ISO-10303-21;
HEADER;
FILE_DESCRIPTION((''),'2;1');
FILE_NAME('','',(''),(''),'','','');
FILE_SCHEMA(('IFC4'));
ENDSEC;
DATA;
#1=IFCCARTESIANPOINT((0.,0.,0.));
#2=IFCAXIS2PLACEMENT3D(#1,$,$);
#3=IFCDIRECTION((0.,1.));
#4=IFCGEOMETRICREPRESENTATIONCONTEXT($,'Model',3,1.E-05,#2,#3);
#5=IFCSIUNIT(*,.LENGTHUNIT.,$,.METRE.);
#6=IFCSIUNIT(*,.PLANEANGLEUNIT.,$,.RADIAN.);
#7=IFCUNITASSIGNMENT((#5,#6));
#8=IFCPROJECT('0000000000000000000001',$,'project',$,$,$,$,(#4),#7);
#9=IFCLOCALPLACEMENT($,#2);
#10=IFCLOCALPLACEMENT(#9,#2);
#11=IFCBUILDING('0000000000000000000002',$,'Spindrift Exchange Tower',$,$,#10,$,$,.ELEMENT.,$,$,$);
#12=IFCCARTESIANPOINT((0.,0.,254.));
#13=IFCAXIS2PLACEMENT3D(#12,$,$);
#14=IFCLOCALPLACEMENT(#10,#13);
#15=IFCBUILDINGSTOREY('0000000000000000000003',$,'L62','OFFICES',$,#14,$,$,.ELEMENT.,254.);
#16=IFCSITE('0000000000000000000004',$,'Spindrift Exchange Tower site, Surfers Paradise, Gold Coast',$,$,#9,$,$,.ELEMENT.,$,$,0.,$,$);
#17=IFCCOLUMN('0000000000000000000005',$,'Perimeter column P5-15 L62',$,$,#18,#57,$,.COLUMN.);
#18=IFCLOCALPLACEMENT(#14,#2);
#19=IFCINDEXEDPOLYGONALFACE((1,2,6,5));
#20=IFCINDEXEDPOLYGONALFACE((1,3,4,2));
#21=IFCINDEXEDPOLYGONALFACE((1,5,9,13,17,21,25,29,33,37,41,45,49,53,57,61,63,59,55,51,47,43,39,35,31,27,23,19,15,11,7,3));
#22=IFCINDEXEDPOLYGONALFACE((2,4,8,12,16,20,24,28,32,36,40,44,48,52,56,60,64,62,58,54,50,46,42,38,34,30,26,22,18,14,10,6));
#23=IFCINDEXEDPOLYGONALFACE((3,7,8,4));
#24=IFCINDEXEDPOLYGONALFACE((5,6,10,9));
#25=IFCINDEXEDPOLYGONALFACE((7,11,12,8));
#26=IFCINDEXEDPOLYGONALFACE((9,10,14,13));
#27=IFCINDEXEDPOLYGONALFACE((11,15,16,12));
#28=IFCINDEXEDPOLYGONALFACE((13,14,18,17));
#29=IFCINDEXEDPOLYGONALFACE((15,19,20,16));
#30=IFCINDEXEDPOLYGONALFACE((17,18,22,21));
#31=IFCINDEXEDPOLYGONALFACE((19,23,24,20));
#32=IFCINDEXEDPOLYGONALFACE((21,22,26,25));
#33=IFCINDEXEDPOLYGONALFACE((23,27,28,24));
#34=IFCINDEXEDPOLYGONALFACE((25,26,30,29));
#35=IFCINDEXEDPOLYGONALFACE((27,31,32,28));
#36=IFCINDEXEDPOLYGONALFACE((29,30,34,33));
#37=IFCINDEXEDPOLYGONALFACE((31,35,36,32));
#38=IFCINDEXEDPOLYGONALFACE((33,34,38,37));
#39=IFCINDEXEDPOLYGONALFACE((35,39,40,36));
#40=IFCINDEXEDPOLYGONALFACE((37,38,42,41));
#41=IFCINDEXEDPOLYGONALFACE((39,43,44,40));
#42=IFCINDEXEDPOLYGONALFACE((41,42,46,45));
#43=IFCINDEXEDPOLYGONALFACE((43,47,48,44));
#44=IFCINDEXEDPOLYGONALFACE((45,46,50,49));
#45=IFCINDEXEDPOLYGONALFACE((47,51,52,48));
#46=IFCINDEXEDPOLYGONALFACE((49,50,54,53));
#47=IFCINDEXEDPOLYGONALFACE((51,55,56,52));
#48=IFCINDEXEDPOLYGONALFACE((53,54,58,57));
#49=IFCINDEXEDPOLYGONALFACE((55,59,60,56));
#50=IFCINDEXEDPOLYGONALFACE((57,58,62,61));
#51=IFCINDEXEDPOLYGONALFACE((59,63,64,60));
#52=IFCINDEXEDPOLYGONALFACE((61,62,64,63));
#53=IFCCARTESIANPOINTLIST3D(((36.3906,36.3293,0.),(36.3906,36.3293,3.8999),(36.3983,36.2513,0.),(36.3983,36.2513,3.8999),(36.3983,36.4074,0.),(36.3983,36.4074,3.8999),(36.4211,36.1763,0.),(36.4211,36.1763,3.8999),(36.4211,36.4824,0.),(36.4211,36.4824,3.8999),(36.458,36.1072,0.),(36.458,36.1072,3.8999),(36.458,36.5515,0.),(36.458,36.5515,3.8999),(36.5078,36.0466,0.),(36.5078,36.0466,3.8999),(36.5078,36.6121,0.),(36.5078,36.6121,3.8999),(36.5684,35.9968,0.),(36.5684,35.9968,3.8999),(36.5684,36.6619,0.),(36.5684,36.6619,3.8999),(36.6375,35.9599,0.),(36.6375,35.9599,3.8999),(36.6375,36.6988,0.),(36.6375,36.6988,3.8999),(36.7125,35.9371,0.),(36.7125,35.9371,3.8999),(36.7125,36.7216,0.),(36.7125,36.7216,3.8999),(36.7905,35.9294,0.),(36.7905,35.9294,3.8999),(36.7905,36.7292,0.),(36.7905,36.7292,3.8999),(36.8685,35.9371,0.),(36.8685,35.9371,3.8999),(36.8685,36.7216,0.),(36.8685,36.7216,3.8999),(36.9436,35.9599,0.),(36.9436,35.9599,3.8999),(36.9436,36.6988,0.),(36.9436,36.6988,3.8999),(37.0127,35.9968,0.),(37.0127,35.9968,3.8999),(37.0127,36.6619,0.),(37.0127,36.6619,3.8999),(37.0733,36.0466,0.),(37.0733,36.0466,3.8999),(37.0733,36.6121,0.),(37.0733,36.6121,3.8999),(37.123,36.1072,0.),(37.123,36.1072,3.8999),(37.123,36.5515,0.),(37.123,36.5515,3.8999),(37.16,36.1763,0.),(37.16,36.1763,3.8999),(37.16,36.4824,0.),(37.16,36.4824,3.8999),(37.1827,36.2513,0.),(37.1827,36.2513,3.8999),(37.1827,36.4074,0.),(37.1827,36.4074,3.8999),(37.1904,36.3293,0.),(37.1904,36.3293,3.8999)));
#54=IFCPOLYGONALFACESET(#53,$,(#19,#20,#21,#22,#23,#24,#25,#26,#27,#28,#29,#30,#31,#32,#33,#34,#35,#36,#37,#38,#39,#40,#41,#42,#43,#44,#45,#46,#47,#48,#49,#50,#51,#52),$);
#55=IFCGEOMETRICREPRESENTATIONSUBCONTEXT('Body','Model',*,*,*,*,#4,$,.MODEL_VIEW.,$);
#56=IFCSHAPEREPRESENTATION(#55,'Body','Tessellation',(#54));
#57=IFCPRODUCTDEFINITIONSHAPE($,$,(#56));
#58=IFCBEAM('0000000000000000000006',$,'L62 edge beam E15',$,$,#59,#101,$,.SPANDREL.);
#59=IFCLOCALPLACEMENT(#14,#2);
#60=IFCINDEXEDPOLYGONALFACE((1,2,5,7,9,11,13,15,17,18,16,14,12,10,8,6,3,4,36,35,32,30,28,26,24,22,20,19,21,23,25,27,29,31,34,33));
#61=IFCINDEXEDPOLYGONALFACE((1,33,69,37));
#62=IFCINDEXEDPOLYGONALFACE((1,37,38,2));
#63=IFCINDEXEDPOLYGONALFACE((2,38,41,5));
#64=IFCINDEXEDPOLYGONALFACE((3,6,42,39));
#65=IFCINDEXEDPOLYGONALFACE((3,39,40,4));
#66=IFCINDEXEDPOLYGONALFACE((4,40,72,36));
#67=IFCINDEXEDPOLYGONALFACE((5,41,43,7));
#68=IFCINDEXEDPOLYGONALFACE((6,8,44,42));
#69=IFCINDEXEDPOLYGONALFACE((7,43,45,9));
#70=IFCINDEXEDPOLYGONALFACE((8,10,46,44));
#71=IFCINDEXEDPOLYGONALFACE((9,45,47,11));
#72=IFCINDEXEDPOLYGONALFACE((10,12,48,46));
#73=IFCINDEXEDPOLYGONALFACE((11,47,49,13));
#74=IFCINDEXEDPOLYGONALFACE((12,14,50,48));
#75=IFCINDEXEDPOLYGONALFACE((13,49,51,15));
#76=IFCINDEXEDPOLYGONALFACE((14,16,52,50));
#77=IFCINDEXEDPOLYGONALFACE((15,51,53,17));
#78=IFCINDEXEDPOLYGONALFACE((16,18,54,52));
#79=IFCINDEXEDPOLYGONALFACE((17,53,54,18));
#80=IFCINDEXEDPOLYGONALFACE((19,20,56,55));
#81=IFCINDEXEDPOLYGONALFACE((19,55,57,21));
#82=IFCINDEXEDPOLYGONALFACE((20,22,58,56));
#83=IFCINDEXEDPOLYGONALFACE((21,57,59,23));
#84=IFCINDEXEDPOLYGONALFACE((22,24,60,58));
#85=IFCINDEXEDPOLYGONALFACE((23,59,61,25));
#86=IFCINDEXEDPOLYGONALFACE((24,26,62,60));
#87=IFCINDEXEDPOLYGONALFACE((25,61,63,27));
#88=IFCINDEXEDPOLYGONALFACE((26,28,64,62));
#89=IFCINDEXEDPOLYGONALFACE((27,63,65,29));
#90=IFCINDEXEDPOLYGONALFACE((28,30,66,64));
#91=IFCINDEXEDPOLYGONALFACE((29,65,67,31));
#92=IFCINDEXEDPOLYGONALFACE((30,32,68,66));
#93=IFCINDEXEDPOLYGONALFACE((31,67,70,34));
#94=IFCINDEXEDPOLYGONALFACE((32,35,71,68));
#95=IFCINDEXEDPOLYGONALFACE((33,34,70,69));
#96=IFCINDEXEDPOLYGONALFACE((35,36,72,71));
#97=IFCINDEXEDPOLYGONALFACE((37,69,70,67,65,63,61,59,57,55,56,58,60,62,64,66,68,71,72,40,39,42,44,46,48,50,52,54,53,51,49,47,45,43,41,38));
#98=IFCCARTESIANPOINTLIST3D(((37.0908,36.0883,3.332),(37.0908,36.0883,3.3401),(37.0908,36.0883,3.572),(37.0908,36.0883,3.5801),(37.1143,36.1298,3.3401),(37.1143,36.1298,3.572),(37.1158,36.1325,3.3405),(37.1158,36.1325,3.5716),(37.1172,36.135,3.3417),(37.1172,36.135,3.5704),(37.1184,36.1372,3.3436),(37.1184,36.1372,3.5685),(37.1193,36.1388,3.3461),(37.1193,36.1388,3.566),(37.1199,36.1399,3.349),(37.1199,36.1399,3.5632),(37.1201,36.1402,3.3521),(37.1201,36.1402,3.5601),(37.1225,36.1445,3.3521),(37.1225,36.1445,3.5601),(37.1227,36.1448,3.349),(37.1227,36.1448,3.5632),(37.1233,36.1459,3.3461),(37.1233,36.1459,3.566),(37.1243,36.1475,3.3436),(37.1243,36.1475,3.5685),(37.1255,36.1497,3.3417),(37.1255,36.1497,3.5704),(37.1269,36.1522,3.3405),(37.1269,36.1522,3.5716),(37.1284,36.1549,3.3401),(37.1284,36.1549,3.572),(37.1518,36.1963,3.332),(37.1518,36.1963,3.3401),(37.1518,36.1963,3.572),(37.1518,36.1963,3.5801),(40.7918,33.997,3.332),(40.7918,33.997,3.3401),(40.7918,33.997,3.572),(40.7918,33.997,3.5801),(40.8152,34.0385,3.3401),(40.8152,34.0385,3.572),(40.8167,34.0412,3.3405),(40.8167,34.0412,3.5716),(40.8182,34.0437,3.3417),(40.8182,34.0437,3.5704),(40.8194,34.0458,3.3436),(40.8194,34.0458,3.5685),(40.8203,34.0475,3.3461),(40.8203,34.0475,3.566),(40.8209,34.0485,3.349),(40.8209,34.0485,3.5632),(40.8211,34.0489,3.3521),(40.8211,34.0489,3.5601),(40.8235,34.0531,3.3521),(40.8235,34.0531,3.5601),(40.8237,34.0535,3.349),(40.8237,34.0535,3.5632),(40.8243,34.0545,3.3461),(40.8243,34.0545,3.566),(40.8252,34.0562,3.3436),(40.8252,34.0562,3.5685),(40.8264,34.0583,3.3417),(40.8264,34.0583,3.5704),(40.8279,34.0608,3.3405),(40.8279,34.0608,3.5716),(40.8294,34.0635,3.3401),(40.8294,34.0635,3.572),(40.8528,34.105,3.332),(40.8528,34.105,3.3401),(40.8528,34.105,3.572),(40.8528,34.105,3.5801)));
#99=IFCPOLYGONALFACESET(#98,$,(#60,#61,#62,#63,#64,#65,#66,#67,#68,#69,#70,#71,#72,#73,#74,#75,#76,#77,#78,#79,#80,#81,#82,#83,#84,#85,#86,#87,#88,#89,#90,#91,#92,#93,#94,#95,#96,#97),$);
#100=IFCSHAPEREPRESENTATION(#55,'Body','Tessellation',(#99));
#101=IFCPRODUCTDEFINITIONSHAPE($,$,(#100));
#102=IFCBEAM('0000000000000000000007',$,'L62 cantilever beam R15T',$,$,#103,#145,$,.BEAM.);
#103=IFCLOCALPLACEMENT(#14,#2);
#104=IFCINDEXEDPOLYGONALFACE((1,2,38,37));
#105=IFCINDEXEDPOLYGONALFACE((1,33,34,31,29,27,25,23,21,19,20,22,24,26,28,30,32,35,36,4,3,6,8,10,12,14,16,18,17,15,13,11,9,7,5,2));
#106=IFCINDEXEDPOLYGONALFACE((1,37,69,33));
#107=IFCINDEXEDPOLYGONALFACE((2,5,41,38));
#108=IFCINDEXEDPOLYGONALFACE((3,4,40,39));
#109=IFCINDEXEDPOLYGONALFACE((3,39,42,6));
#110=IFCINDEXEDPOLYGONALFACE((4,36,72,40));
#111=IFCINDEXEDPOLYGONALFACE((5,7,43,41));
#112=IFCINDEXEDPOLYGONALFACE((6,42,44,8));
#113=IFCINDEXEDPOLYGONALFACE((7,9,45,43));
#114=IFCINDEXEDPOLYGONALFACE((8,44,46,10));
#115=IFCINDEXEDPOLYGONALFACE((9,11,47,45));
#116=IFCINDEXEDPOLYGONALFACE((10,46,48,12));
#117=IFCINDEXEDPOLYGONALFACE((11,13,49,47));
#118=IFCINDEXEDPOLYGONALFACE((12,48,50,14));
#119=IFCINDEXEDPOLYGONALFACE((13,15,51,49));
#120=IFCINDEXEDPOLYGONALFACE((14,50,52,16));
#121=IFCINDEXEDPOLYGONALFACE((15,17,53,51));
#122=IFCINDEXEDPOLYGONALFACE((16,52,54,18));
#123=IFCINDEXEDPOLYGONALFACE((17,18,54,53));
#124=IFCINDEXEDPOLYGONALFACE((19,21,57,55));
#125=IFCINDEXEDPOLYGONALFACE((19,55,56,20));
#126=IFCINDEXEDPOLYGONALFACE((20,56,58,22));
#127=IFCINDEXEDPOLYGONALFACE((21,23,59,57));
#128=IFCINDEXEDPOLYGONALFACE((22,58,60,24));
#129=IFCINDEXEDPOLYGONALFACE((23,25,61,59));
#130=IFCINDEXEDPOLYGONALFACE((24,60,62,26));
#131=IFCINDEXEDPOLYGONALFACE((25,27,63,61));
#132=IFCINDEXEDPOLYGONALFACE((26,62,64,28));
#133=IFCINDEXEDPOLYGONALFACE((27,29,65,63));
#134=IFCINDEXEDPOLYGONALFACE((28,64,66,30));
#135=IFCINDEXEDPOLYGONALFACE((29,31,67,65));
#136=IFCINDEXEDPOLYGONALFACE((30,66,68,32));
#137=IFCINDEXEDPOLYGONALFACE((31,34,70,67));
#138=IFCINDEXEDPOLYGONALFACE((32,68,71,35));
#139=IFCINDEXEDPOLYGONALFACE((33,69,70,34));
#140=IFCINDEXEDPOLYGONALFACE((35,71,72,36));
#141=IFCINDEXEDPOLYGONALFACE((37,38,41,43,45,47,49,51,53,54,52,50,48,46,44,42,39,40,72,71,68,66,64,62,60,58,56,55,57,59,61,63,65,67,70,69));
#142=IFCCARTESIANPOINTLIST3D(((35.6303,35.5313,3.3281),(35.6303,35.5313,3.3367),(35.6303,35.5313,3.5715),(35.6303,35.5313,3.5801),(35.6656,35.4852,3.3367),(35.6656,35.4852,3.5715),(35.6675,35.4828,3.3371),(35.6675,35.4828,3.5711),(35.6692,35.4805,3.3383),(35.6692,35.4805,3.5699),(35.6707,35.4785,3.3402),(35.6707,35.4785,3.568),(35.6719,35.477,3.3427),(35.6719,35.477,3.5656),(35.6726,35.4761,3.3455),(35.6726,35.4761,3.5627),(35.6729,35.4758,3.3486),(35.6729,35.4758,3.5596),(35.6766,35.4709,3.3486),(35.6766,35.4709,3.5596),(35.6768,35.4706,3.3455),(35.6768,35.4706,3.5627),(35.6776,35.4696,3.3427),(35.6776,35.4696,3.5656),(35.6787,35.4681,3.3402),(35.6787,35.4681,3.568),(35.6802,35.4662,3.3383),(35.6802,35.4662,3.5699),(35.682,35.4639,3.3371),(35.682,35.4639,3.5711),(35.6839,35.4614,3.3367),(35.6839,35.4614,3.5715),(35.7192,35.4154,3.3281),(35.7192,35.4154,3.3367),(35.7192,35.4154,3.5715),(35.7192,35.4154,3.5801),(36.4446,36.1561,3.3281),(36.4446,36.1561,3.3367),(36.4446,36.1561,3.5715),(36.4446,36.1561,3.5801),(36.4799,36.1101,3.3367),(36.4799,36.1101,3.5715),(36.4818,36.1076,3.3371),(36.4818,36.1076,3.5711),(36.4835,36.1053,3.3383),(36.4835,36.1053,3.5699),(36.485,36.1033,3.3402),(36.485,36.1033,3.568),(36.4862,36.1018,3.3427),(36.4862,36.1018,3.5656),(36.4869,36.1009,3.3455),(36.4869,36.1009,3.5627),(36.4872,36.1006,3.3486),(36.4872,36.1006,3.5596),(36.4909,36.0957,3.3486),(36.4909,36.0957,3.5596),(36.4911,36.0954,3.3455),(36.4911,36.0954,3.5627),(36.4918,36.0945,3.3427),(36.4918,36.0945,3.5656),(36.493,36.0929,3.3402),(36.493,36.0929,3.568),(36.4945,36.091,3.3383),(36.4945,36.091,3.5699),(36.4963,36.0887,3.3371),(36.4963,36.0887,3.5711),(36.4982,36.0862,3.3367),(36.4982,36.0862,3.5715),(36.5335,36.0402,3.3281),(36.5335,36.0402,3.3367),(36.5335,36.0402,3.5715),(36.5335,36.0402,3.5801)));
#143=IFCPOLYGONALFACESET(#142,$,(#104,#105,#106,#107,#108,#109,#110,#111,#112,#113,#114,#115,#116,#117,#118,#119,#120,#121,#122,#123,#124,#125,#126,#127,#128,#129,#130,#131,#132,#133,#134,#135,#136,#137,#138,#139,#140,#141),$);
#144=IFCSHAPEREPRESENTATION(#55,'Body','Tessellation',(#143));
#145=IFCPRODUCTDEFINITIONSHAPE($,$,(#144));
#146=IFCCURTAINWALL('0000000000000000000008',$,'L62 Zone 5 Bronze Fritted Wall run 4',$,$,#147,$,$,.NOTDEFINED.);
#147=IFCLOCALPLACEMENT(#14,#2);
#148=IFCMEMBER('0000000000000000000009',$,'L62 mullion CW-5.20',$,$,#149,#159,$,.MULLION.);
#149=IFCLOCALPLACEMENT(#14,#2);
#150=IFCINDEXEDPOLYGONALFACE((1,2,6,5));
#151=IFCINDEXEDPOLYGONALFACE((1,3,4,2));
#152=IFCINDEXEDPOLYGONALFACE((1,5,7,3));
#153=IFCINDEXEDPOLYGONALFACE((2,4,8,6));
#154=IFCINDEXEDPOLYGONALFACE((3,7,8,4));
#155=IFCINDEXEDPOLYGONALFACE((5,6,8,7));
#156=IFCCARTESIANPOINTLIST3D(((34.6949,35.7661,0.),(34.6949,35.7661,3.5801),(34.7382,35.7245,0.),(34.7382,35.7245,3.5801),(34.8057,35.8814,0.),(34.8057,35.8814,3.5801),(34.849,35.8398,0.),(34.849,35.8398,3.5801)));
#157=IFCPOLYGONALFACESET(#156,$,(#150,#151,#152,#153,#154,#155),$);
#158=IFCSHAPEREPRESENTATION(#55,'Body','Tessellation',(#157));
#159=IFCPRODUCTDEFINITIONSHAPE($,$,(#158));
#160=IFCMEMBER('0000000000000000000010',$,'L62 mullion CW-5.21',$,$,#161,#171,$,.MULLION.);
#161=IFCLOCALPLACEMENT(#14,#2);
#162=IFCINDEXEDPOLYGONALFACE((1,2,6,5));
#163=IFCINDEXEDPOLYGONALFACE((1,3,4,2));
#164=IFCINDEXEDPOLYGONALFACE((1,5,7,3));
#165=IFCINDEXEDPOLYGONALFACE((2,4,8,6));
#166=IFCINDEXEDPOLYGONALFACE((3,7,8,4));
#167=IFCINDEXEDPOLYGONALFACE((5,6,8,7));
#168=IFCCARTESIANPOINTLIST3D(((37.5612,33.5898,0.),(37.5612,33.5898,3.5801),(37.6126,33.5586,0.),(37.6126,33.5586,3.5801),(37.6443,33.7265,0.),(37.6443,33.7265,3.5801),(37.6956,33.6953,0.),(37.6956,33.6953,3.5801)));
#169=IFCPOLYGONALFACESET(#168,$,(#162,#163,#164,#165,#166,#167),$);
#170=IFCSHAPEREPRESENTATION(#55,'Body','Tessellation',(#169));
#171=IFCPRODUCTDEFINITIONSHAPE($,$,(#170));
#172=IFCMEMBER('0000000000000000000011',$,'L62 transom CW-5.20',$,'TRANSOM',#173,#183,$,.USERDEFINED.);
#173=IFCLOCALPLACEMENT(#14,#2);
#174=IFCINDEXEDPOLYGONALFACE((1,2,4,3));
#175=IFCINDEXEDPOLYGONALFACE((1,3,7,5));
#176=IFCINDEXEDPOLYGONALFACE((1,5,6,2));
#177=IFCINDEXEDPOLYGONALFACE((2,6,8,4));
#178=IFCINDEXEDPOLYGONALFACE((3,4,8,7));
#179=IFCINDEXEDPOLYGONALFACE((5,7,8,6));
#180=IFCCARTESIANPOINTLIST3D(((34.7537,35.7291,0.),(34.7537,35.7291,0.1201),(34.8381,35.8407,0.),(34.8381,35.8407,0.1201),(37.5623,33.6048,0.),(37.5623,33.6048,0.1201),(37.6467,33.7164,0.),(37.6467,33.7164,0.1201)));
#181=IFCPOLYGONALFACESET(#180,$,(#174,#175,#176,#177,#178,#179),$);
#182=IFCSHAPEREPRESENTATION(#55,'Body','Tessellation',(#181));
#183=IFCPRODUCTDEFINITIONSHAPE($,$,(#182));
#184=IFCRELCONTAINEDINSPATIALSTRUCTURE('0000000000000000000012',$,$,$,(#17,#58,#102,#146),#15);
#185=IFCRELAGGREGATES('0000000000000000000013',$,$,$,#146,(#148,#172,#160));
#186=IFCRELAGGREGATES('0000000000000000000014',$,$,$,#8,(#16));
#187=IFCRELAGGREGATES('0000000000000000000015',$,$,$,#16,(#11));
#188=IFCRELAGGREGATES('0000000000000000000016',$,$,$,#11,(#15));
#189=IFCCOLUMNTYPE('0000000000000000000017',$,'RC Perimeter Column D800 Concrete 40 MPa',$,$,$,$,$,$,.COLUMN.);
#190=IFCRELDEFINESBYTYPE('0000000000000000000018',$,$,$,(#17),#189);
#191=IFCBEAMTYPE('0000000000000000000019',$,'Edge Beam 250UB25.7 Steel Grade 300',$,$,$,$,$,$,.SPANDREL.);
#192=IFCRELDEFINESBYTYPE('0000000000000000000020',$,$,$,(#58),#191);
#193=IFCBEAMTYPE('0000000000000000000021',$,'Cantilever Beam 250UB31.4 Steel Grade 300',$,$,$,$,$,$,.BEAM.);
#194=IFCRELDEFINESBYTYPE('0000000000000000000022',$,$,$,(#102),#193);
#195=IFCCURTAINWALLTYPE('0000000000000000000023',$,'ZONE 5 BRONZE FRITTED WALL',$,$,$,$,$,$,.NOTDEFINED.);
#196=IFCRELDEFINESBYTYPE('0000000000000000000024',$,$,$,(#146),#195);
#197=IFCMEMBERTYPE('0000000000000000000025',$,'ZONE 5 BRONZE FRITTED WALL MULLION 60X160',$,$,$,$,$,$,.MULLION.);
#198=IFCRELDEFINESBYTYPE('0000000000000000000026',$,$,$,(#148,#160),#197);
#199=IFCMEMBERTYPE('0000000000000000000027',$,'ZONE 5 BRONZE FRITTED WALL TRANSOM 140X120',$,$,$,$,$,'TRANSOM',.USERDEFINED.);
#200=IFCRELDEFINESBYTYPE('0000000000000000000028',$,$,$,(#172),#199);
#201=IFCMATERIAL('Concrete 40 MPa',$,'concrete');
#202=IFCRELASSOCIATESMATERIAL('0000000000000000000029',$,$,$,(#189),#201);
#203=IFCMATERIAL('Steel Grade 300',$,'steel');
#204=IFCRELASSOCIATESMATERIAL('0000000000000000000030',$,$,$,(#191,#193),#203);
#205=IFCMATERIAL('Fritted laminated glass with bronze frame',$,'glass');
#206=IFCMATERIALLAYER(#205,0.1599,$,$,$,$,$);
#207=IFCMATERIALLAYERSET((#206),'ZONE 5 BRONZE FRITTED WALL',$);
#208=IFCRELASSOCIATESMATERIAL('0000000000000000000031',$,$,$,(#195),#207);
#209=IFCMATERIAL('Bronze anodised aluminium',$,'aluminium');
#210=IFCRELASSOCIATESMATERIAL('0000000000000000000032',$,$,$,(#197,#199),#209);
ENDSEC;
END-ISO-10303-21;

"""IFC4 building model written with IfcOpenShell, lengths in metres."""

from ifc_helpers import new_model, si_unit, direction, frame, origin, origin_2d, place, context, subcontext, project, spatial, rectangle, circle, i_section, extrude, source, transform, mapped, material, layer, layer_set, material_profile, profile_set, type_object, element, aggregate, save


model = new_model("IFC4")

# Units and contexts
model_context = context("Model", 3, precision=1e-05, world=origin(), true_north=direction((0.0, 1.0)))
body_context = subcontext(model_context, "Body", "Model", "MODEL_VIEW")
ifc_project = project(units=[si_unit("LENGTHUNIT", "METRE"), si_unit("PLANEANGLEUNIT", "RADIAN")], contexts=[model_context])

# Site, building, storey
site_placement = place(None, origin())
site = spatial("IfcSite", under=ifc_project, at=site_placement, Name="Spindrift Exchange Tower site, Surfers Paradise, Gold Coast", CompositionType="ELEMENT", RefElevation=0.0)
building_placement = place(site_placement, origin())
building = spatial("IfcBuilding", under=site, at=building_placement, Name="Spindrift Exchange Tower", CompositionType="ELEMENT")
storey_placement = place(building_placement, frame((0.0, 0.0, 254.0)))
storey = spatial("IfcBuildingStorey", under=building, at=storey_placement, Name="L62", Description="OFFICES", CompositionType="ELEMENT", Elevation=254.0)

# Column
ifc_material_1 = material(Name="Concrete 40 MPa", Category="concrete")
ifc_material_profile_1 = material_profile(ifc_material_1, circle(Radius=0.3999, at=origin_2d()), Name="RC D800")
ifc_profile_set_1 = profile_set([ifc_material_profile_1], Name="Concrete 40 MPa")
column_type = type_object("IfcColumnType", Name="RC Perimeter Column D800 Concrete 40 MPa", PredefinedType="COLUMN", material=ifc_profile_set_1)
shared_shape_1 = source(origin(), body_context, "Body", "SweptSolid", [
    extrude(circle(Radius=0.3999, at=origin_2d()), origin(), (0.0, 0.0, 1.0), 3.8999),
])
column_placement = place(storey_placement, frame((36.7905, 36.3293, 0.0), z_axis=(0.0, 0.0, 1.0), x_axis=(1.0, 0.0, 0.0)))
element("IfcColumn", 1, at=column_placement, inside=storey, type_object=column_type, Name="Perimeter column P5-15 L62", PredefinedType="COLUMN", context=body_context, shape_type="MappedRepresentation", body=[
    mapped(shared_shape_1, transform((0.0, 0.0, 0.0), scale=1.0)),
])

# Beams
ifc_material_2 = material(Name="Steel Grade 300", Category="steel")
ifc_material_profile_2 = material_profile(ifc_material_2, i_section(OverallWidth=0.124, OverallDepth=0.248, WebThickness=0.0049, FlangeThickness=0.0081, FilletRadius=0.012, at=origin_2d()), Name="250UB25.7")
ifc_profile_set_2 = profile_set([ifc_material_profile_2], Name="Steel Grade 300")
beam_type_1 = type_object("IfcBeamType", Name="Edge Beam 250UB25.7 Steel Grade 300", PredefinedType="SPANDREL", material=ifc_profile_set_2)
shared_shape_2 = source(origin(), body_context, "Body", "SweptSolid", [
    extrude(i_section(OverallWidth=0.124, OverallDepth=0.248, WebThickness=0.0049, FlangeThickness=0.0081, FilletRadius=0.012, at=origin_2d()), origin(), (0.0, 0.0, 1.0), 4.251),
])
beam_1_placement = place(storey_placement, frame((37.1213, 36.1423, 3.4561), z_axis=(0.870615, -0.491965, 0.0), x_axis=(0.491965, 0.870615, 0.0)))
element("IfcBeam", 2, at=beam_1_placement, inside=storey, type_object=beam_type_1, Name="L62 edge beam E15", PredefinedType="SPANDREL", context=body_context, shape_type="MappedRepresentation", body=[
    mapped(shared_shape_2, transform((0.0, 0.0, 0.0), scale=1.0)),
])
ifc_material_profile_3 = material_profile(ifc_material_2, i_section(OverallWidth=0.146, OverallDepth=0.252, WebThickness=0.0061, FlangeThickness=0.0085, FilletRadius=0.012, at=origin_2d()), Name="250UB31.4")
ifc_profile_set_3 = profile_set([ifc_material_profile_3], Name="Steel Grade 300")
beam_type_2 = type_object("IfcBeamType", Name="Cantilever Beam 250UB31.4 Steel Grade 300", PredefinedType="BEAM", material=ifc_profile_set_3)
shared_shape_3 = source(origin(), body_context, "Body", "SweptSolid", [
    extrude(i_section(OverallWidth=0.146, OverallDepth=0.252, WebThickness=0.0061, FlangeThickness=0.0085, FilletRadius=0.012, at=origin_2d()), origin(), (0.0, 0.0, 1.0), 1.0264),
])
beam_2_placement = place(storey_placement, frame((36.489, 36.0981, 3.4541), z_axis=(-0.793357, -0.608756, 0.0), x_axis=(0.608756, -0.793357, 0.0)))
element("IfcBeam", 3, at=beam_2_placement, inside=storey, type_object=beam_type_2, Name="L62 cantilever beam R15T", PredefinedType="BEAM", context=body_context, shape_type="MappedRepresentation", body=[
    mapped(shared_shape_3, transform((0.0, 0.0, 0.0), scale=1.0)),
])

# Curtain wall, members
ifc_material_3 = material(Name="Fritted laminated glass with bronze frame", Category="glass")
ifc_layer_1 = layer(ifc_material_3, 0.1599)
ifc_layer_set_1 = layer_set([ifc_layer_1], Name="ZONE 5 BRONZE FRITTED WALL")
curtain_wall_type = type_object("IfcCurtainWallType", Name="ZONE 5 BRONZE FRITTED WALL", PredefinedType="NOTDEFINED", material=ifc_layer_set_1)
curtain_wall_placement = place(storey_placement, origin())
curtain_wall = element("IfcCurtainWall", 4, at=curtain_wall_placement, inside=storey, type_object=curtain_wall_type, Name="L62 Zone 5 Bronze Fritted Wall run 4", PredefinedType="NOTDEFINED")
ifc_material_4 = material(Name="Bronze anodised aluminium", Category="aluminium")
ifc_material_profile_4 = material_profile(ifc_material_4, rectangle(XDim=0.0601, YDim=0.1599, at=origin_2d()), Name="ZONE 5 BRONZE FRITTED WALL MULLION 60X160")
ifc_profile_set_4 = profile_set([ifc_material_profile_4], Name="Bronze anodised aluminium")
member_type_1 = type_object("IfcMemberType", Name="ZONE 5 BRONZE FRITTED WALL MULLION 60X160", PredefinedType="MULLION", material=ifc_profile_set_4)
shared_shape_4 = source(origin(), body_context, "Body", "SweptSolid", [
    extrude(rectangle(XDim=0.0601, YDim=0.1599, at=origin_2d()), origin(), (0.0, 0.0, 1.0), 3.5801),
])
member_1_placement = place(storey_placement, frame((34.772, 35.803, 0.0), z_axis=(0.0, 0.0, 1.0), x_axis=(0.721094, -0.692838, 0.0)))
member_1 = element("IfcMember", 5, at=member_1_placement, type_object=member_type_1, Name="L62 mullion CW-5.20", PredefinedType="MULLION", context=body_context, shape_type="MappedRepresentation", body=[
    mapped(shared_shape_4, transform((0.0, 0.0, 0.0), scale=1.0)),
])
member_2_placement = place(storey_placement, frame((37.6284, 33.6426, 0.0), z_axis=(0.0, 0.0, 1.0), x_axis=(0.854744, -0.51905, 0.0)))
member_2 = element("IfcMember", 6, at=member_2_placement, type_object=member_type_1, Name="L62 mullion CW-5.21", PredefinedType="MULLION", context=body_context, shape_type="MappedRepresentation", body=[
    mapped(shared_shape_4, transform((0.0, 0.0, 0.0), scale=1.0)),
])
ifc_material_profile_5 = material_profile(ifc_material_4, rectangle(XDim=0.1399, YDim=0.1201, at=origin_2d()), Name="ZONE 5 BRONZE FRITTED WALL TRANSOM 140X120")
ifc_profile_set_5 = profile_set([ifc_material_profile_5], Name="Bronze anodised aluminium")
member_type_2 = type_object("IfcMemberType", Name="ZONE 5 BRONZE FRITTED WALL TRANSOM 140X120", ElementType="TRANSOM", PredefinedType="USERDEFINED", material=ifc_profile_set_5)
shared_shape_5 = source(origin(), body_context, "Body", "SweptSolid", [
    extrude(rectangle(XDim=0.1399, YDim=0.1201, at=origin_2d()), origin(), (0.0, 0.0, 1.0), 3.5215),
])
member_3_placement = place(storey_placement, frame((34.7959, 35.7849, 0.0601), z_axis=(0.797564, -0.603234, 0.0), x_axis=(0.603234, 0.797564, 0.0)))
member_3 = element("IfcMember", 7, at=member_3_placement, type_object=member_type_2, Name="L62 transom CW-5.20", ObjectType="TRANSOM", PredefinedType="USERDEFINED", context=body_context, shape_type="MappedRepresentation", body=[
    mapped(shared_shape_5, transform((0.0, 0.0, 0.0), scale=1.0)),
])

aggregate(curtain_wall, [member_1, member_3, member_2])

save(model, "model.ifc")
